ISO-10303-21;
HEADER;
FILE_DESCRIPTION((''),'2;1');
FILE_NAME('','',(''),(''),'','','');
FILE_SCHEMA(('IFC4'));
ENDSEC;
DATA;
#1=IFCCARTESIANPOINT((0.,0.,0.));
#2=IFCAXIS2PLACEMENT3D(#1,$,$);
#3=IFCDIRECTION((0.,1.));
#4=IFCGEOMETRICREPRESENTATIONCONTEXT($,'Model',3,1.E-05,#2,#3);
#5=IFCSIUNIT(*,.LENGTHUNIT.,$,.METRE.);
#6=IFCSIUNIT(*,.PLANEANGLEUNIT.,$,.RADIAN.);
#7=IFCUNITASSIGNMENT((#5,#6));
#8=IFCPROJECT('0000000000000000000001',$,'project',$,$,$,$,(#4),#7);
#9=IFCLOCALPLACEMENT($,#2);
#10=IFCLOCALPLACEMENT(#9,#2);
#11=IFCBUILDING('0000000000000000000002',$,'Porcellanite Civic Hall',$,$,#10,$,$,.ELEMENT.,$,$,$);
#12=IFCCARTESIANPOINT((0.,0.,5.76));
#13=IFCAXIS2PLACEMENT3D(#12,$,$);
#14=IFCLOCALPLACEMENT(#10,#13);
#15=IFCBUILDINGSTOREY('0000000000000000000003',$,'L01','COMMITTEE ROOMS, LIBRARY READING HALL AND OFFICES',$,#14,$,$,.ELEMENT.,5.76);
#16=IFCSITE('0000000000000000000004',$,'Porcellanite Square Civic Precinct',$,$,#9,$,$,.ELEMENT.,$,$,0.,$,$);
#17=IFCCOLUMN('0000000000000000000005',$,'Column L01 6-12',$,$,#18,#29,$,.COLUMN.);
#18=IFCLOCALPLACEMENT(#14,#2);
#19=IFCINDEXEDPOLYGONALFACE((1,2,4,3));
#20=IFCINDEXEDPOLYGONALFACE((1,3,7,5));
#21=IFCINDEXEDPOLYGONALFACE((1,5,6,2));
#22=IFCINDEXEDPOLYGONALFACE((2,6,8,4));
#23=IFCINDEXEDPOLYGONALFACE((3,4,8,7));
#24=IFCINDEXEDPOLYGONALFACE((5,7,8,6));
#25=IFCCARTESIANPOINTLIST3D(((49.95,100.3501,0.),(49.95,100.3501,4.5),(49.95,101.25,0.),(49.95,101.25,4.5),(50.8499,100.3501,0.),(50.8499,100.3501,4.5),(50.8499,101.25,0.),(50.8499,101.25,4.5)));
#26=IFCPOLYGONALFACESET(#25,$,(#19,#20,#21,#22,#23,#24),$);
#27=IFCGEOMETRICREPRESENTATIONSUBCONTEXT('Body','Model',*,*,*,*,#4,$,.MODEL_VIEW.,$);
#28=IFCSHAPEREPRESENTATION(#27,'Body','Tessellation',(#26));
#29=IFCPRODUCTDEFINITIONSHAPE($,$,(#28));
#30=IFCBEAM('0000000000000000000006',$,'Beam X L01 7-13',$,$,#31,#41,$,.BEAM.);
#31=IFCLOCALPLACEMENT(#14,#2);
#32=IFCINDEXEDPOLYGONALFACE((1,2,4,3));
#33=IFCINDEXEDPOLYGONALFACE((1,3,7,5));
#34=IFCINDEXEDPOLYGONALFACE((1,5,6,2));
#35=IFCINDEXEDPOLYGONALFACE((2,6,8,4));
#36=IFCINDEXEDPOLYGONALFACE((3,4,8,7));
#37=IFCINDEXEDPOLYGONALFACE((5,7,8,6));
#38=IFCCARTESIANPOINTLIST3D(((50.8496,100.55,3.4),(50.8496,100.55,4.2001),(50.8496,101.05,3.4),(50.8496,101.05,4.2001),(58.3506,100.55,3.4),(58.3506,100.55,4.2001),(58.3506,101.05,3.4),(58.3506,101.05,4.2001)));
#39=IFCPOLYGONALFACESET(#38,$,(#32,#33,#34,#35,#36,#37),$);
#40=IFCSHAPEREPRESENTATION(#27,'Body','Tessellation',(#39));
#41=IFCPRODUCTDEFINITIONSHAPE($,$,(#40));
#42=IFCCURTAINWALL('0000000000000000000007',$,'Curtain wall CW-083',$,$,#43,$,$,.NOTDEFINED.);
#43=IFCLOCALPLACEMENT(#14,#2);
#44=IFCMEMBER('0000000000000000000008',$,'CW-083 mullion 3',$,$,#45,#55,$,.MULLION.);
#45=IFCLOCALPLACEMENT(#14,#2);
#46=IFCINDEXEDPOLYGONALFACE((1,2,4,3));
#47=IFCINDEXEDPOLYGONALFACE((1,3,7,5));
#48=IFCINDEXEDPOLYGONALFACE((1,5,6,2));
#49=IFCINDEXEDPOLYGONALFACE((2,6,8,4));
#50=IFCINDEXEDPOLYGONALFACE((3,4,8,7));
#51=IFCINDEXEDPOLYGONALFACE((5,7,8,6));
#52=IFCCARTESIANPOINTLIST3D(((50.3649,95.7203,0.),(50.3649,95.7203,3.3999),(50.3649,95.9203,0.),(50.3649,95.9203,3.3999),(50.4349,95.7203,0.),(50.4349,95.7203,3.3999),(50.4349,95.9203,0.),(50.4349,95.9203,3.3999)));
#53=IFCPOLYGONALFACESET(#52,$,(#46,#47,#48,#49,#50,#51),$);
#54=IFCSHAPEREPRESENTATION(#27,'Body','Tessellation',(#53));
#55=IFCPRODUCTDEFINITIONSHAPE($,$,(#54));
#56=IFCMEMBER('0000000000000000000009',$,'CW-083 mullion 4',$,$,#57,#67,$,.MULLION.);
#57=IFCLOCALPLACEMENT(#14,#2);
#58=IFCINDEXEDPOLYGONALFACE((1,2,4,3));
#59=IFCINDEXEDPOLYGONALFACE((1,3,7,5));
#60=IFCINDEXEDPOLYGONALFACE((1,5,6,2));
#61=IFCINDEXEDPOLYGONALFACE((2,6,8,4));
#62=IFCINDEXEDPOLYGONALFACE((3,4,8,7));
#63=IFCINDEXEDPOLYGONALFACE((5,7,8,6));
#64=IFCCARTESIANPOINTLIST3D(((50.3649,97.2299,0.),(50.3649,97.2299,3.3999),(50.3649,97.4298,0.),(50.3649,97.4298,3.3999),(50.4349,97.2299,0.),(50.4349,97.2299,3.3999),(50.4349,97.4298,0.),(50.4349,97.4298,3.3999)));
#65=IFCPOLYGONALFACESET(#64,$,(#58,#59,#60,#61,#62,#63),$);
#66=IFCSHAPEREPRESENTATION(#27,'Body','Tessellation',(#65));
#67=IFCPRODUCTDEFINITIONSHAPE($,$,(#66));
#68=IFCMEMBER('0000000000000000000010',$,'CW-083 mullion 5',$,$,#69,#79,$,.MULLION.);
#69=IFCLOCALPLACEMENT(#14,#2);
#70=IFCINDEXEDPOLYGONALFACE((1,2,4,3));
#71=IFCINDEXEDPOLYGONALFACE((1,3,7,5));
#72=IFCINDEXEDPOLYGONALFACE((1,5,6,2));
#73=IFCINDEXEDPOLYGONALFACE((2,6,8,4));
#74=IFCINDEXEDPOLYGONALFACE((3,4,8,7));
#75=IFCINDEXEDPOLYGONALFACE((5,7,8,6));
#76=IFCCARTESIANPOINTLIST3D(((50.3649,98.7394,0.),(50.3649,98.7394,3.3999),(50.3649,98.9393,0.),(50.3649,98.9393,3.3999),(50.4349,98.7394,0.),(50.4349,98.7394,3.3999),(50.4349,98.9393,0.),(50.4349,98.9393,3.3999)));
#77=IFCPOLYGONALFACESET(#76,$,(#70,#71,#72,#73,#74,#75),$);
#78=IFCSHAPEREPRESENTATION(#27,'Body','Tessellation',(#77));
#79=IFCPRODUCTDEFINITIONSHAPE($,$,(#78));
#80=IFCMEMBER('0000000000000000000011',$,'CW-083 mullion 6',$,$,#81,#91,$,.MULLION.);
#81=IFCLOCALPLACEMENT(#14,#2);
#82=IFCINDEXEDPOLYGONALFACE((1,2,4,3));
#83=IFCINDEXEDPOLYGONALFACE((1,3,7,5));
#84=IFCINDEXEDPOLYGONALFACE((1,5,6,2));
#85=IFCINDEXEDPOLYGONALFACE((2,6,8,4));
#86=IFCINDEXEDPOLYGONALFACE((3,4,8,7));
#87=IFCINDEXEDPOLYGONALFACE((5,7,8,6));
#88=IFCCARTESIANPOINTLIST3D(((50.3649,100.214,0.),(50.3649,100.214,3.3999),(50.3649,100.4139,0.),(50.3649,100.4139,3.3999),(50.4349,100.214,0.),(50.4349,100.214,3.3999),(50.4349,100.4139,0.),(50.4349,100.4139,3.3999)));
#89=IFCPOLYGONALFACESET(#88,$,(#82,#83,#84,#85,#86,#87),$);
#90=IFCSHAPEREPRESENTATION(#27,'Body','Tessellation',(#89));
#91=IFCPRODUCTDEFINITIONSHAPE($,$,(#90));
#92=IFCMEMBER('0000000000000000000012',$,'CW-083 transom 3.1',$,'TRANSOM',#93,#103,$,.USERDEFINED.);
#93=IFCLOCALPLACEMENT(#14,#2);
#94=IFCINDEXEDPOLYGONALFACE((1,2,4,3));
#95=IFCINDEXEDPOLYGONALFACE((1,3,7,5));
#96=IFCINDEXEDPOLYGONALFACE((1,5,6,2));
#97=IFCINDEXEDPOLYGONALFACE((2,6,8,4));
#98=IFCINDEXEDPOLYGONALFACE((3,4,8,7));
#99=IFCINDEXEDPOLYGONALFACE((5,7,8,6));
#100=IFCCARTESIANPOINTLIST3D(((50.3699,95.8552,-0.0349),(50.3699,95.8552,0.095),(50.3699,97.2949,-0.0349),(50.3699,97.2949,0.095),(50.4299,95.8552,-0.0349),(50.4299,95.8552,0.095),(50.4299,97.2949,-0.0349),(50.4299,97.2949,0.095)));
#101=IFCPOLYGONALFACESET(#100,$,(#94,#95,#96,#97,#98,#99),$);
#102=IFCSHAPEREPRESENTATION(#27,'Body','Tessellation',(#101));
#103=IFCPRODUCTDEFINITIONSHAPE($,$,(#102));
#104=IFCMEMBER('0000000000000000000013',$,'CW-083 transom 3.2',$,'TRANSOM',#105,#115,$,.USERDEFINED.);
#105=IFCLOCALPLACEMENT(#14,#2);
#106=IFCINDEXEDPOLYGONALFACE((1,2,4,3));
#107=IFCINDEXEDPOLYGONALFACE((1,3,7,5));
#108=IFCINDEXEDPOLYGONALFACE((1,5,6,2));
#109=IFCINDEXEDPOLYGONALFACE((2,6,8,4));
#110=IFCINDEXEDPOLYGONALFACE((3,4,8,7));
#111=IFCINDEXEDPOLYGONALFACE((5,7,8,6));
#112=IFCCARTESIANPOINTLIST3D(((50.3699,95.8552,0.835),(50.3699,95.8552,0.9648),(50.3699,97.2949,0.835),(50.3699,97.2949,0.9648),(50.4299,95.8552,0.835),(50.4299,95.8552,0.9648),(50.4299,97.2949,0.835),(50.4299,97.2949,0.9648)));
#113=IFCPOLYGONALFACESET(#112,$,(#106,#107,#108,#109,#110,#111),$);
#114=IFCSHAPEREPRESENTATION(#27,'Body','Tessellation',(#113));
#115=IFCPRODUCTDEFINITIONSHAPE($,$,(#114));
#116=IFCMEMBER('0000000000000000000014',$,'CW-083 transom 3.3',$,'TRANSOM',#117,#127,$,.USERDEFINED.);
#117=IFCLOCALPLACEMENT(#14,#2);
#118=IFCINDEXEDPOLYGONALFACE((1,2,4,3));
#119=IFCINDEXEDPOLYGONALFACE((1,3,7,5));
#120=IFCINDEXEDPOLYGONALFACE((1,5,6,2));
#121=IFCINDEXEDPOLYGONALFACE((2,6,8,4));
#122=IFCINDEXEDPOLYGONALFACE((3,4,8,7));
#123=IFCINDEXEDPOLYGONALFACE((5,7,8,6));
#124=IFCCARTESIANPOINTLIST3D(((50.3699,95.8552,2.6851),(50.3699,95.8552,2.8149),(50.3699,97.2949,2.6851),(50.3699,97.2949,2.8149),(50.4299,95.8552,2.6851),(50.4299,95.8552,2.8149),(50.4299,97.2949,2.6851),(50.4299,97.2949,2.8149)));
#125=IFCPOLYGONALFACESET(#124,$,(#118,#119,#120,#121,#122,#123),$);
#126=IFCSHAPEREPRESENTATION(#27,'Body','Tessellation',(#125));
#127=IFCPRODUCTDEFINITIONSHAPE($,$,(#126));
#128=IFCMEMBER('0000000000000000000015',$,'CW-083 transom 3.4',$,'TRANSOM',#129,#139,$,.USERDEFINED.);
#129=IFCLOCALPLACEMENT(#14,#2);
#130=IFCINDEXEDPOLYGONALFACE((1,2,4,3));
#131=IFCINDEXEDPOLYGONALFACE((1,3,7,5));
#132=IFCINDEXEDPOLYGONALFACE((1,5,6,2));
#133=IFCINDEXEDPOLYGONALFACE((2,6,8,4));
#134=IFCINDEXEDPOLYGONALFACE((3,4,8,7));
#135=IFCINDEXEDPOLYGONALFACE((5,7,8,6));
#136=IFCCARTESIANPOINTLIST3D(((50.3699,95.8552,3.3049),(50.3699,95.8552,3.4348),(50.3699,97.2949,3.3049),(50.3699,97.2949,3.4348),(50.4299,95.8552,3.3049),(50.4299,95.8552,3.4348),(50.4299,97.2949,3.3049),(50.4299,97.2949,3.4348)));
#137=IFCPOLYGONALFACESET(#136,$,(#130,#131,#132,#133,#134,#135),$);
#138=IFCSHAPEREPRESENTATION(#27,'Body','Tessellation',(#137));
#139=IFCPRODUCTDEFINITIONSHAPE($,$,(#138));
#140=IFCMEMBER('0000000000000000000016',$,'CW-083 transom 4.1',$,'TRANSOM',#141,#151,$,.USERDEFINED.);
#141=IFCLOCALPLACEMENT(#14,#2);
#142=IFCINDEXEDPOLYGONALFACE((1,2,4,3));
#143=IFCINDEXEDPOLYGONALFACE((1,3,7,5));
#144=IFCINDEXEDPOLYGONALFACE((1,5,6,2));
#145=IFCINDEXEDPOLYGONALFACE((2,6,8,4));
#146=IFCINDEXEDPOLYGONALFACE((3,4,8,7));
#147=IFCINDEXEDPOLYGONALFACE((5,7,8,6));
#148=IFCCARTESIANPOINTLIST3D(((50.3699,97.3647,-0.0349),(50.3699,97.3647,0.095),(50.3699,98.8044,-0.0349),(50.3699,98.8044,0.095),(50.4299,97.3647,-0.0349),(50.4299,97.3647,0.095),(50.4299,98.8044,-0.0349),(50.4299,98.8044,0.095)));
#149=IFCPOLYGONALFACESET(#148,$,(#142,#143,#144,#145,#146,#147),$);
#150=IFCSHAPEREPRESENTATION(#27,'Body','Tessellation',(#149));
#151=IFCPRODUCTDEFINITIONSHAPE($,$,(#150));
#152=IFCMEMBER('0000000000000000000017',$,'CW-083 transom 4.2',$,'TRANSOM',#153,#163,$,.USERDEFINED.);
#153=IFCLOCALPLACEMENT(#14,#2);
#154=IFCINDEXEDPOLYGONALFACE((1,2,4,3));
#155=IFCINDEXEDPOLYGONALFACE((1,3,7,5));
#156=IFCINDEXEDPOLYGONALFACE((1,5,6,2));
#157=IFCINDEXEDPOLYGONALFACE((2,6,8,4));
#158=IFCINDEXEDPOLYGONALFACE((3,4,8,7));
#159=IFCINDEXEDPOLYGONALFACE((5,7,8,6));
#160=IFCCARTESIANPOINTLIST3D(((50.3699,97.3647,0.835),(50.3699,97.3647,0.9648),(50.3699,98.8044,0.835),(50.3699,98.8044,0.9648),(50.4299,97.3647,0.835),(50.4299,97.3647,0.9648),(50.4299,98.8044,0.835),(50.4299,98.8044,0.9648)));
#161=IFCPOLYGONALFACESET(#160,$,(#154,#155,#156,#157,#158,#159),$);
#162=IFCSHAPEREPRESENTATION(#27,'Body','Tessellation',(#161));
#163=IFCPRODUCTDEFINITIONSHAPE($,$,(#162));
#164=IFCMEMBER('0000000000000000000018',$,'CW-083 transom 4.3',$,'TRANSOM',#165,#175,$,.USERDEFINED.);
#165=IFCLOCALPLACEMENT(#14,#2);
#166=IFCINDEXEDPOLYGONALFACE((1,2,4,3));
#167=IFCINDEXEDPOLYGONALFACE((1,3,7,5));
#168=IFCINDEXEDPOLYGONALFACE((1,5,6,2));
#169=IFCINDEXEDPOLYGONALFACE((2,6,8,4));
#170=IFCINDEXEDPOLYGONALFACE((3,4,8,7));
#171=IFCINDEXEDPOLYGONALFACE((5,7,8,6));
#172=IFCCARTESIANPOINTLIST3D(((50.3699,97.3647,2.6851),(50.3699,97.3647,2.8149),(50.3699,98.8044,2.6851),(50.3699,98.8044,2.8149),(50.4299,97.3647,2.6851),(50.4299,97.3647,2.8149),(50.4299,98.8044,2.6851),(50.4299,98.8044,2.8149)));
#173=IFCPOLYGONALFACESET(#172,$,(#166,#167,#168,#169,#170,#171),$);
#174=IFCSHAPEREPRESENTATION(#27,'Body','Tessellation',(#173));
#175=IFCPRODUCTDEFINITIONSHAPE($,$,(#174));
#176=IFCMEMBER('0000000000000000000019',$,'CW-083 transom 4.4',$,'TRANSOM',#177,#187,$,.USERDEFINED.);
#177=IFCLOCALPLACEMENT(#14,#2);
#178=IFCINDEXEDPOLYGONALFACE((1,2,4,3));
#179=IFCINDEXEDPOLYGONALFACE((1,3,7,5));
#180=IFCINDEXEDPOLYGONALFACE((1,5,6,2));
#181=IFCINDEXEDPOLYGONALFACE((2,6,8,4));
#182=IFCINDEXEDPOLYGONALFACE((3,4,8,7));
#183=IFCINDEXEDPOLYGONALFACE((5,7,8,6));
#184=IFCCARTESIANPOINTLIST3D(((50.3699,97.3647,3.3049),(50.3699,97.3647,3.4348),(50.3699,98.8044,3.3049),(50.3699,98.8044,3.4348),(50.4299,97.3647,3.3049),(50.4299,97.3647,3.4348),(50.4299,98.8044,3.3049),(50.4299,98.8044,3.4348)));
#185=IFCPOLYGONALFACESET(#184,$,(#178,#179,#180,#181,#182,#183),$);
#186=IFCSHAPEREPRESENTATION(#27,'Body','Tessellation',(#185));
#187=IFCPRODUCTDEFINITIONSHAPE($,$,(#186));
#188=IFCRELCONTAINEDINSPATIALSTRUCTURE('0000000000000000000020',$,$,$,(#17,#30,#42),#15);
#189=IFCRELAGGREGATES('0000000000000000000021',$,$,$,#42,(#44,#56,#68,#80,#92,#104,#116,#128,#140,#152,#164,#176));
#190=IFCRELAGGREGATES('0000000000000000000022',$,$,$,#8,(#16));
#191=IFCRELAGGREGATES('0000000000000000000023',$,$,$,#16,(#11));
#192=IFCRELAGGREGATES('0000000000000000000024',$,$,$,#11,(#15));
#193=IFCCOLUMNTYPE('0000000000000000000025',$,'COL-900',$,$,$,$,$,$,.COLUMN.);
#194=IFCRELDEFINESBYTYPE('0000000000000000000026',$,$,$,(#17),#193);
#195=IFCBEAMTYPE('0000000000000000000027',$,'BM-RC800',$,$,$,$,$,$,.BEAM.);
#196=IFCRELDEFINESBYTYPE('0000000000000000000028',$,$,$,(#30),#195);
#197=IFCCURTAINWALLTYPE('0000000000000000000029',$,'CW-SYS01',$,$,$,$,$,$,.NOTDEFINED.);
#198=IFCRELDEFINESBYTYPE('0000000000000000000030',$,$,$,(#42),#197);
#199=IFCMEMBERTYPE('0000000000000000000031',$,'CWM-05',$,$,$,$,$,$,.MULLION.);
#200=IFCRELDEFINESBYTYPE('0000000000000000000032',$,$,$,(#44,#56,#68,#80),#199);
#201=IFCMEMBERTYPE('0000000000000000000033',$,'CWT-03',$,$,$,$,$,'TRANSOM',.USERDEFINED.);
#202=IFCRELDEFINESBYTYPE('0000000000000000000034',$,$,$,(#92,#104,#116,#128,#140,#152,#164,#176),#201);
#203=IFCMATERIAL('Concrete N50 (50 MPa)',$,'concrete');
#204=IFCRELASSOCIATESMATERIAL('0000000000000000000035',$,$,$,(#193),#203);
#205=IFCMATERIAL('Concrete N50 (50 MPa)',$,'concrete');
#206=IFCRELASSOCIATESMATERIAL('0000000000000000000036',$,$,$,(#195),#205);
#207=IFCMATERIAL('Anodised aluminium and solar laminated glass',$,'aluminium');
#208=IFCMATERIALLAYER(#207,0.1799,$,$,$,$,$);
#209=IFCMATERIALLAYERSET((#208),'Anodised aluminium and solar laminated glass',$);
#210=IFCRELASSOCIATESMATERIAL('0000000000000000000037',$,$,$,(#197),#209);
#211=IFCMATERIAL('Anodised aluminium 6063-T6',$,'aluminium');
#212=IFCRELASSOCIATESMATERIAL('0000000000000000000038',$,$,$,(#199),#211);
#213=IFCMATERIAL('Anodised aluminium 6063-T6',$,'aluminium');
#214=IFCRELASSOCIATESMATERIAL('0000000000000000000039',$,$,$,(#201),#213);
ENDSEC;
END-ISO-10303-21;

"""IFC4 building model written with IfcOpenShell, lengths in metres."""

from ifc_helpers import new_model, si_unit, direction, frame, origin, origin_2d, place, context, subcontext, project, spatial, rectangle, extrude, material, layer, layer_set, material_profile, profile_set, type_object, element, aggregate, save


model = new_model("IFC4")

# Units and contexts
model_context = context("Model", 3, precision=1e-05, world=origin(), true_north=direction((0.0, 1.0)))
body_context = subcontext(model_context, "Body", "Model", "MODEL_VIEW")
ifc_project = project(units=[si_unit("LENGTHUNIT", "METRE"), si_unit("PLANEANGLEUNIT", "RADIAN")], contexts=[model_context])

# Site, building, storey
site_placement = place(None, origin())
site = spatial("IfcSite", under=ifc_project, at=site_placement, Name="Porcellanite Square Civic Precinct", CompositionType="ELEMENT", RefElevation=0.0)
building_placement = place(site_placement, origin())
building = spatial("IfcBuilding", under=site, at=building_placement, Name="Porcellanite Civic Hall", CompositionType="ELEMENT")
storey_placement = place(building_placement, frame((0.0, 0.0, 5.76)))
storey = spatial("IfcBuildingStorey", under=building, at=storey_placement, Name="L01", Description="COMMITTEE ROOMS, LIBRARY READING HALL AND OFFICES", CompositionType="ELEMENT", Elevation=5.76)

# Column
ifc_material_1 = material(Name="Concrete N50 (50 MPa)", Category="concrete")
ifc_material_profile_1 = material_profile(ifc_material_1, rectangle(XDim=0.8999, YDim=0.8999, at=origin_2d()), Name="RC-900x900")
ifc_profile_set_1 = profile_set([ifc_material_profile_1], Name="Concrete N50 (50 MPa)")
column_type = type_object("IfcColumnType", Name="COL-900", PredefinedType="COLUMN", material=ifc_profile_set_1)
column_placement = place(storey_placement, frame((50.3999, 100.8, 0.0), z_axis=(0.0, 0.0, 1.0), x_axis=(1.0, 0.0, 0.0)))
element("IfcColumn", 1, at=column_placement, inside=storey, type_object=column_type, Name="Column L01 6-12", PredefinedType="COLUMN", context=body_context, shape_type="SweptSolid", body=[
    extrude(rectangle(XDim=0.8999, YDim=0.8999, at=origin_2d()), origin(), (0.0, 0.0, 1.0), 4.5),
])

# Beam
ifc_material_2 = material(Name="Concrete N50 (50 MPa)", Category="concrete")
ifc_material_profile_2 = material_profile(ifc_material_2, rectangle(XDim=0.5, YDim=0.8, at=origin_2d()), Name="RC-500x800")
ifc_profile_set_2 = profile_set([ifc_material_profile_2], Name="Concrete N50 (50 MPa)")
beam_type_1 = type_object("IfcBeamType", Name="BM-RC800", PredefinedType="BEAM", material=ifc_profile_set_2)
beam_1_placement = place(storey_placement, frame((50.8496, 100.8, 3.8), z_axis=(1.0, 0.0, 0.0), x_axis=(0.0, 1.0, 0.0)))
element("IfcBeam", 2, at=beam_1_placement, inside=storey, type_object=beam_type_1, Name="Beam X L01 7-13", PredefinedType="BEAM", context=body_context, shape_type="SweptSolid", body=[
    extrude(rectangle(XDim=0.5, YDim=0.8, at=origin_2d()), origin(), (0.0, 0.0, 1.0), 7.501),
])

# Curtain wall, members
ifc_material_3 = material(Name="Anodised aluminium and solar laminated glass", Category="aluminium")
ifc_layer_1 = layer(ifc_material_3, 0.1799)
ifc_layer_set_1 = layer_set([ifc_layer_1], Name="Anodised aluminium and solar laminated glass")
curtain_wall_type = type_object("IfcCurtainWallType", Name="CW-SYS01", PredefinedType="NOTDEFINED", material=ifc_layer_set_1)
curtain_wall_placement = place(storey_placement, origin())
curtain_wall = element("IfcCurtainWall", 3, at=curtain_wall_placement, inside=storey, type_object=curtain_wall_type, Name="Curtain wall CW-083", PredefinedType="NOTDEFINED")
ifc_material_4 = material(Name="Anodised aluminium 6063-T6", Category="aluminium")
ifc_material_profile_3 = material_profile(ifc_material_4, rectangle(XDim=0.0701, YDim=0.2, at=origin_2d()), Name="AL-70x200")
ifc_profile_set_3 = profile_set([ifc_material_profile_3], Name="Anodised aluminium 6063-T6")
member_type_1 = type_object("IfcMemberType", Name="CWM-05", PredefinedType="MULLION", material=ifc_profile_set_3)
member_1_placement = place(storey_placement, frame((50.3999, 95.8203, 0.0), z_axis=(0.0, 0.0, 1.0), x_axis=(-1.0, 0.0, 0.0)))
member_1 = element("IfcMember", 4, at=member_1_placement, type_object=member_type_1, Name="CW-083 mullion 3", PredefinedType="MULLION", context=body_context, shape_type="SweptSolid", body=[
    extrude(rectangle(XDim=0.0701, YDim=0.2, at=origin_2d()), origin(), (0.0, 0.0, 1.0), 3.3999),
])
member_2_placement = place(storey_placement, frame((50.3999, 97.3298, 0.0), z_axis=(0.0, 0.0, 1.0), x_axis=(-1.0, 0.0, 0.0)))
member_2 = element("IfcMember", 5, at=member_2_placement, type_object=member_type_1, Name="CW-083 mullion 4", PredefinedType="MULLION", context=body_context, shape_type="SweptSolid", body=[
    extrude(rectangle(XDim=0.0701, YDim=0.2, at=origin_2d()), origin(), (0.0, 0.0, 1.0), 3.3999),
])
member_3_placement = place(storey_placement, frame((50.3999, 98.8394, 0.0), z_axis=(0.0, 0.0, 1.0), x_axis=(-1.0, 0.0, 0.0)))
member_3 = element("IfcMember", 6, at=member_3_placement, type_object=member_type_1, Name="CW-083 mullion 5", PredefinedType="MULLION", context=body_context, shape_type="SweptSolid", body=[
    extrude(rectangle(XDim=0.0701, YDim=0.2, at=origin_2d()), origin(), (0.0, 0.0, 1.0), 3.3999),
])
member_4_placement = place(storey_placement, frame((50.3999, 100.314, 0.0), z_axis=(0.0, 0.0, 1.0), x_axis=(-1.0, 0.0, 0.0)))
member_4 = element("IfcMember", 7, at=member_4_placement, type_object=member_type_1, Name="CW-083 mullion 6", PredefinedType="MULLION", context=body_context, shape_type="SweptSolid", body=[
    extrude(rectangle(XDim=0.0701, YDim=0.2, at=origin_2d()), origin(), (0.0, 0.0, 1.0), 3.3999),
])
ifc_material_5 = material(Name="Anodised aluminium 6063-T6", Category="aluminium")
ifc_material_profile_4 = material_profile(ifc_material_5, rectangle(XDim=0.0601, YDim=0.1299, at=origin_2d()), Name="AL-60x130")
ifc_profile_set_4 = profile_set([ifc_material_profile_4], Name="Anodised aluminium 6063-T6")
member_type_2 = type_object("IfcMemberType", Name="CWT-03", ElementType="TRANSOM", PredefinedType="USERDEFINED", material=ifc_profile_set_4)
member_5_placement = place(storey_placement, frame((50.3999, 95.8552, 0.03), z_axis=(0.0, 1.0, 0.0), x_axis=(-1.0, 0.0, 0.0)))
member_5 = element("IfcMember", 8, at=member_5_placement, type_object=member_type_2, Name="CW-083 transom 3.1", ObjectType="TRANSOM", PredefinedType="USERDEFINED", context=body_context, shape_type="SweptSolid", body=[
    extrude(rectangle(XDim=0.0601, YDim=0.1299, at=origin_2d()), origin(), (0.0, 0.0, 1.0), 1.4397),
])
member_6_placement = place(storey_placement, frame((50.3999, 95.8552, 0.8999), z_axis=(0.0, 1.0, 0.0), x_axis=(-1.0, 0.0, 0.0)))
member_6 = element("IfcMember", 9, at=member_6_placement, type_object=member_type_2, Name="CW-083 transom 3.2", ObjectType="TRANSOM", PredefinedType="USERDEFINED", context=body_context, shape_type="SweptSolid", body=[
    extrude(rectangle(XDim=0.0601, YDim=0.1299, at=origin_2d()), origin(), (0.0, 0.0, 1.0), 1.4397),
])
member_7_placement = place(storey_placement, frame((50.3999, 95.8552, 2.75), z_axis=(0.0, 1.0, 0.0), x_axis=(-1.0, 0.0, 0.0)))
member_7 = element("IfcMember", 10, at=member_7_placement, type_object=member_type_2, Name="CW-083 transom 3.3", ObjectType="TRANSOM", PredefinedType="USERDEFINED", context=body_context, shape_type="SweptSolid", body=[
    extrude(rectangle(XDim=0.0601, YDim=0.1299, at=origin_2d()), origin(), (0.0, 0.0, 1.0), 1.4397),
])
member_8_placement = place(storey_placement, frame((50.3999, 95.8552, 3.3699), z_axis=(0.0, 1.0, 0.0), x_axis=(-1.0, 0.0, 0.0)))
member_8 = element("IfcMember", 11, at=member_8_placement, type_object=member_type_2, Name="CW-083 transom 3.4", ObjectType="TRANSOM", PredefinedType="USERDEFINED", context=body_context, shape_type="SweptSolid", body=[
    extrude(rectangle(XDim=0.0601, YDim=0.1299, at=origin_2d()), origin(), (0.0, 0.0, 1.0), 1.4397),
])
member_9_placement = place(storey_placement, frame((50.3999, 97.3647, 0.03), z_axis=(0.0, 1.0, 0.0), x_axis=(-1.0, 0.0, 0.0)))
member_9 = element("IfcMember", 12, at=member_9_placement, type_object=member_type_2, Name="CW-083 transom 4.1", ObjectType="TRANSOM", PredefinedType="USERDEFINED", context=body_context, shape_type="SweptSolid", body=[
    extrude(rectangle(XDim=0.0601, YDim=0.1299, at=origin_2d()), origin(), (0.0, 0.0, 1.0), 1.4397),
])
member_10_placement = place(storey_placement, frame((50.3999, 97.3647, 0.8999), z_axis=(0.0, 1.0, 0.0), x_axis=(-1.0, 0.0, 0.0)))
member_10 = element("IfcMember", 13, at=member_10_placement, type_object=member_type_2, Name="CW-083 transom 4.2", ObjectType="TRANSOM", PredefinedType="USERDEFINED", context=body_context, shape_type="SweptSolid", body=[
    extrude(rectangle(XDim=0.0601, YDim=0.1299, at=origin_2d()), origin(), (0.0, 0.0, 1.0), 1.4397),
])
member_11_placement = place(storey_placement, frame((50.3999, 97.3647, 2.75), z_axis=(0.0, 1.0, 0.0), x_axis=(-1.0, 0.0, 0.0)))
member_11 = element("IfcMember", 14, at=member_11_placement, type_object=member_type_2, Name="CW-083 transom 4.3", ObjectType="TRANSOM", PredefinedType="USERDEFINED", context=body_context, shape_type="SweptSolid", body=[
    extrude(rectangle(XDim=0.0601, YDim=0.1299, at=origin_2d()), origin(), (0.0, 0.0, 1.0), 1.4397),
])
member_12_placement = place(storey_placement, frame((50.3999, 97.3647, 3.3699), z_axis=(0.0, 1.0, 0.0), x_axis=(-1.0, 0.0, 0.0)))
member_12 = element("IfcMember", 15, at=member_12_placement, type_object=member_type_2, Name="CW-083 transom 4.4", ObjectType="TRANSOM", PredefinedType="USERDEFINED", context=body_context, shape_type="SweptSolid", body=[
    extrude(rectangle(XDim=0.0601, YDim=0.1299, at=origin_2d()), origin(), (0.0, 0.0, 1.0), 1.4397),
])

aggregate(curtain_wall, [member_1, member_2, member_3, member_4, member_5, member_6, member_7, member_8, member_9, member_10, member_11, member_12])

save(model, "model.ifc")
